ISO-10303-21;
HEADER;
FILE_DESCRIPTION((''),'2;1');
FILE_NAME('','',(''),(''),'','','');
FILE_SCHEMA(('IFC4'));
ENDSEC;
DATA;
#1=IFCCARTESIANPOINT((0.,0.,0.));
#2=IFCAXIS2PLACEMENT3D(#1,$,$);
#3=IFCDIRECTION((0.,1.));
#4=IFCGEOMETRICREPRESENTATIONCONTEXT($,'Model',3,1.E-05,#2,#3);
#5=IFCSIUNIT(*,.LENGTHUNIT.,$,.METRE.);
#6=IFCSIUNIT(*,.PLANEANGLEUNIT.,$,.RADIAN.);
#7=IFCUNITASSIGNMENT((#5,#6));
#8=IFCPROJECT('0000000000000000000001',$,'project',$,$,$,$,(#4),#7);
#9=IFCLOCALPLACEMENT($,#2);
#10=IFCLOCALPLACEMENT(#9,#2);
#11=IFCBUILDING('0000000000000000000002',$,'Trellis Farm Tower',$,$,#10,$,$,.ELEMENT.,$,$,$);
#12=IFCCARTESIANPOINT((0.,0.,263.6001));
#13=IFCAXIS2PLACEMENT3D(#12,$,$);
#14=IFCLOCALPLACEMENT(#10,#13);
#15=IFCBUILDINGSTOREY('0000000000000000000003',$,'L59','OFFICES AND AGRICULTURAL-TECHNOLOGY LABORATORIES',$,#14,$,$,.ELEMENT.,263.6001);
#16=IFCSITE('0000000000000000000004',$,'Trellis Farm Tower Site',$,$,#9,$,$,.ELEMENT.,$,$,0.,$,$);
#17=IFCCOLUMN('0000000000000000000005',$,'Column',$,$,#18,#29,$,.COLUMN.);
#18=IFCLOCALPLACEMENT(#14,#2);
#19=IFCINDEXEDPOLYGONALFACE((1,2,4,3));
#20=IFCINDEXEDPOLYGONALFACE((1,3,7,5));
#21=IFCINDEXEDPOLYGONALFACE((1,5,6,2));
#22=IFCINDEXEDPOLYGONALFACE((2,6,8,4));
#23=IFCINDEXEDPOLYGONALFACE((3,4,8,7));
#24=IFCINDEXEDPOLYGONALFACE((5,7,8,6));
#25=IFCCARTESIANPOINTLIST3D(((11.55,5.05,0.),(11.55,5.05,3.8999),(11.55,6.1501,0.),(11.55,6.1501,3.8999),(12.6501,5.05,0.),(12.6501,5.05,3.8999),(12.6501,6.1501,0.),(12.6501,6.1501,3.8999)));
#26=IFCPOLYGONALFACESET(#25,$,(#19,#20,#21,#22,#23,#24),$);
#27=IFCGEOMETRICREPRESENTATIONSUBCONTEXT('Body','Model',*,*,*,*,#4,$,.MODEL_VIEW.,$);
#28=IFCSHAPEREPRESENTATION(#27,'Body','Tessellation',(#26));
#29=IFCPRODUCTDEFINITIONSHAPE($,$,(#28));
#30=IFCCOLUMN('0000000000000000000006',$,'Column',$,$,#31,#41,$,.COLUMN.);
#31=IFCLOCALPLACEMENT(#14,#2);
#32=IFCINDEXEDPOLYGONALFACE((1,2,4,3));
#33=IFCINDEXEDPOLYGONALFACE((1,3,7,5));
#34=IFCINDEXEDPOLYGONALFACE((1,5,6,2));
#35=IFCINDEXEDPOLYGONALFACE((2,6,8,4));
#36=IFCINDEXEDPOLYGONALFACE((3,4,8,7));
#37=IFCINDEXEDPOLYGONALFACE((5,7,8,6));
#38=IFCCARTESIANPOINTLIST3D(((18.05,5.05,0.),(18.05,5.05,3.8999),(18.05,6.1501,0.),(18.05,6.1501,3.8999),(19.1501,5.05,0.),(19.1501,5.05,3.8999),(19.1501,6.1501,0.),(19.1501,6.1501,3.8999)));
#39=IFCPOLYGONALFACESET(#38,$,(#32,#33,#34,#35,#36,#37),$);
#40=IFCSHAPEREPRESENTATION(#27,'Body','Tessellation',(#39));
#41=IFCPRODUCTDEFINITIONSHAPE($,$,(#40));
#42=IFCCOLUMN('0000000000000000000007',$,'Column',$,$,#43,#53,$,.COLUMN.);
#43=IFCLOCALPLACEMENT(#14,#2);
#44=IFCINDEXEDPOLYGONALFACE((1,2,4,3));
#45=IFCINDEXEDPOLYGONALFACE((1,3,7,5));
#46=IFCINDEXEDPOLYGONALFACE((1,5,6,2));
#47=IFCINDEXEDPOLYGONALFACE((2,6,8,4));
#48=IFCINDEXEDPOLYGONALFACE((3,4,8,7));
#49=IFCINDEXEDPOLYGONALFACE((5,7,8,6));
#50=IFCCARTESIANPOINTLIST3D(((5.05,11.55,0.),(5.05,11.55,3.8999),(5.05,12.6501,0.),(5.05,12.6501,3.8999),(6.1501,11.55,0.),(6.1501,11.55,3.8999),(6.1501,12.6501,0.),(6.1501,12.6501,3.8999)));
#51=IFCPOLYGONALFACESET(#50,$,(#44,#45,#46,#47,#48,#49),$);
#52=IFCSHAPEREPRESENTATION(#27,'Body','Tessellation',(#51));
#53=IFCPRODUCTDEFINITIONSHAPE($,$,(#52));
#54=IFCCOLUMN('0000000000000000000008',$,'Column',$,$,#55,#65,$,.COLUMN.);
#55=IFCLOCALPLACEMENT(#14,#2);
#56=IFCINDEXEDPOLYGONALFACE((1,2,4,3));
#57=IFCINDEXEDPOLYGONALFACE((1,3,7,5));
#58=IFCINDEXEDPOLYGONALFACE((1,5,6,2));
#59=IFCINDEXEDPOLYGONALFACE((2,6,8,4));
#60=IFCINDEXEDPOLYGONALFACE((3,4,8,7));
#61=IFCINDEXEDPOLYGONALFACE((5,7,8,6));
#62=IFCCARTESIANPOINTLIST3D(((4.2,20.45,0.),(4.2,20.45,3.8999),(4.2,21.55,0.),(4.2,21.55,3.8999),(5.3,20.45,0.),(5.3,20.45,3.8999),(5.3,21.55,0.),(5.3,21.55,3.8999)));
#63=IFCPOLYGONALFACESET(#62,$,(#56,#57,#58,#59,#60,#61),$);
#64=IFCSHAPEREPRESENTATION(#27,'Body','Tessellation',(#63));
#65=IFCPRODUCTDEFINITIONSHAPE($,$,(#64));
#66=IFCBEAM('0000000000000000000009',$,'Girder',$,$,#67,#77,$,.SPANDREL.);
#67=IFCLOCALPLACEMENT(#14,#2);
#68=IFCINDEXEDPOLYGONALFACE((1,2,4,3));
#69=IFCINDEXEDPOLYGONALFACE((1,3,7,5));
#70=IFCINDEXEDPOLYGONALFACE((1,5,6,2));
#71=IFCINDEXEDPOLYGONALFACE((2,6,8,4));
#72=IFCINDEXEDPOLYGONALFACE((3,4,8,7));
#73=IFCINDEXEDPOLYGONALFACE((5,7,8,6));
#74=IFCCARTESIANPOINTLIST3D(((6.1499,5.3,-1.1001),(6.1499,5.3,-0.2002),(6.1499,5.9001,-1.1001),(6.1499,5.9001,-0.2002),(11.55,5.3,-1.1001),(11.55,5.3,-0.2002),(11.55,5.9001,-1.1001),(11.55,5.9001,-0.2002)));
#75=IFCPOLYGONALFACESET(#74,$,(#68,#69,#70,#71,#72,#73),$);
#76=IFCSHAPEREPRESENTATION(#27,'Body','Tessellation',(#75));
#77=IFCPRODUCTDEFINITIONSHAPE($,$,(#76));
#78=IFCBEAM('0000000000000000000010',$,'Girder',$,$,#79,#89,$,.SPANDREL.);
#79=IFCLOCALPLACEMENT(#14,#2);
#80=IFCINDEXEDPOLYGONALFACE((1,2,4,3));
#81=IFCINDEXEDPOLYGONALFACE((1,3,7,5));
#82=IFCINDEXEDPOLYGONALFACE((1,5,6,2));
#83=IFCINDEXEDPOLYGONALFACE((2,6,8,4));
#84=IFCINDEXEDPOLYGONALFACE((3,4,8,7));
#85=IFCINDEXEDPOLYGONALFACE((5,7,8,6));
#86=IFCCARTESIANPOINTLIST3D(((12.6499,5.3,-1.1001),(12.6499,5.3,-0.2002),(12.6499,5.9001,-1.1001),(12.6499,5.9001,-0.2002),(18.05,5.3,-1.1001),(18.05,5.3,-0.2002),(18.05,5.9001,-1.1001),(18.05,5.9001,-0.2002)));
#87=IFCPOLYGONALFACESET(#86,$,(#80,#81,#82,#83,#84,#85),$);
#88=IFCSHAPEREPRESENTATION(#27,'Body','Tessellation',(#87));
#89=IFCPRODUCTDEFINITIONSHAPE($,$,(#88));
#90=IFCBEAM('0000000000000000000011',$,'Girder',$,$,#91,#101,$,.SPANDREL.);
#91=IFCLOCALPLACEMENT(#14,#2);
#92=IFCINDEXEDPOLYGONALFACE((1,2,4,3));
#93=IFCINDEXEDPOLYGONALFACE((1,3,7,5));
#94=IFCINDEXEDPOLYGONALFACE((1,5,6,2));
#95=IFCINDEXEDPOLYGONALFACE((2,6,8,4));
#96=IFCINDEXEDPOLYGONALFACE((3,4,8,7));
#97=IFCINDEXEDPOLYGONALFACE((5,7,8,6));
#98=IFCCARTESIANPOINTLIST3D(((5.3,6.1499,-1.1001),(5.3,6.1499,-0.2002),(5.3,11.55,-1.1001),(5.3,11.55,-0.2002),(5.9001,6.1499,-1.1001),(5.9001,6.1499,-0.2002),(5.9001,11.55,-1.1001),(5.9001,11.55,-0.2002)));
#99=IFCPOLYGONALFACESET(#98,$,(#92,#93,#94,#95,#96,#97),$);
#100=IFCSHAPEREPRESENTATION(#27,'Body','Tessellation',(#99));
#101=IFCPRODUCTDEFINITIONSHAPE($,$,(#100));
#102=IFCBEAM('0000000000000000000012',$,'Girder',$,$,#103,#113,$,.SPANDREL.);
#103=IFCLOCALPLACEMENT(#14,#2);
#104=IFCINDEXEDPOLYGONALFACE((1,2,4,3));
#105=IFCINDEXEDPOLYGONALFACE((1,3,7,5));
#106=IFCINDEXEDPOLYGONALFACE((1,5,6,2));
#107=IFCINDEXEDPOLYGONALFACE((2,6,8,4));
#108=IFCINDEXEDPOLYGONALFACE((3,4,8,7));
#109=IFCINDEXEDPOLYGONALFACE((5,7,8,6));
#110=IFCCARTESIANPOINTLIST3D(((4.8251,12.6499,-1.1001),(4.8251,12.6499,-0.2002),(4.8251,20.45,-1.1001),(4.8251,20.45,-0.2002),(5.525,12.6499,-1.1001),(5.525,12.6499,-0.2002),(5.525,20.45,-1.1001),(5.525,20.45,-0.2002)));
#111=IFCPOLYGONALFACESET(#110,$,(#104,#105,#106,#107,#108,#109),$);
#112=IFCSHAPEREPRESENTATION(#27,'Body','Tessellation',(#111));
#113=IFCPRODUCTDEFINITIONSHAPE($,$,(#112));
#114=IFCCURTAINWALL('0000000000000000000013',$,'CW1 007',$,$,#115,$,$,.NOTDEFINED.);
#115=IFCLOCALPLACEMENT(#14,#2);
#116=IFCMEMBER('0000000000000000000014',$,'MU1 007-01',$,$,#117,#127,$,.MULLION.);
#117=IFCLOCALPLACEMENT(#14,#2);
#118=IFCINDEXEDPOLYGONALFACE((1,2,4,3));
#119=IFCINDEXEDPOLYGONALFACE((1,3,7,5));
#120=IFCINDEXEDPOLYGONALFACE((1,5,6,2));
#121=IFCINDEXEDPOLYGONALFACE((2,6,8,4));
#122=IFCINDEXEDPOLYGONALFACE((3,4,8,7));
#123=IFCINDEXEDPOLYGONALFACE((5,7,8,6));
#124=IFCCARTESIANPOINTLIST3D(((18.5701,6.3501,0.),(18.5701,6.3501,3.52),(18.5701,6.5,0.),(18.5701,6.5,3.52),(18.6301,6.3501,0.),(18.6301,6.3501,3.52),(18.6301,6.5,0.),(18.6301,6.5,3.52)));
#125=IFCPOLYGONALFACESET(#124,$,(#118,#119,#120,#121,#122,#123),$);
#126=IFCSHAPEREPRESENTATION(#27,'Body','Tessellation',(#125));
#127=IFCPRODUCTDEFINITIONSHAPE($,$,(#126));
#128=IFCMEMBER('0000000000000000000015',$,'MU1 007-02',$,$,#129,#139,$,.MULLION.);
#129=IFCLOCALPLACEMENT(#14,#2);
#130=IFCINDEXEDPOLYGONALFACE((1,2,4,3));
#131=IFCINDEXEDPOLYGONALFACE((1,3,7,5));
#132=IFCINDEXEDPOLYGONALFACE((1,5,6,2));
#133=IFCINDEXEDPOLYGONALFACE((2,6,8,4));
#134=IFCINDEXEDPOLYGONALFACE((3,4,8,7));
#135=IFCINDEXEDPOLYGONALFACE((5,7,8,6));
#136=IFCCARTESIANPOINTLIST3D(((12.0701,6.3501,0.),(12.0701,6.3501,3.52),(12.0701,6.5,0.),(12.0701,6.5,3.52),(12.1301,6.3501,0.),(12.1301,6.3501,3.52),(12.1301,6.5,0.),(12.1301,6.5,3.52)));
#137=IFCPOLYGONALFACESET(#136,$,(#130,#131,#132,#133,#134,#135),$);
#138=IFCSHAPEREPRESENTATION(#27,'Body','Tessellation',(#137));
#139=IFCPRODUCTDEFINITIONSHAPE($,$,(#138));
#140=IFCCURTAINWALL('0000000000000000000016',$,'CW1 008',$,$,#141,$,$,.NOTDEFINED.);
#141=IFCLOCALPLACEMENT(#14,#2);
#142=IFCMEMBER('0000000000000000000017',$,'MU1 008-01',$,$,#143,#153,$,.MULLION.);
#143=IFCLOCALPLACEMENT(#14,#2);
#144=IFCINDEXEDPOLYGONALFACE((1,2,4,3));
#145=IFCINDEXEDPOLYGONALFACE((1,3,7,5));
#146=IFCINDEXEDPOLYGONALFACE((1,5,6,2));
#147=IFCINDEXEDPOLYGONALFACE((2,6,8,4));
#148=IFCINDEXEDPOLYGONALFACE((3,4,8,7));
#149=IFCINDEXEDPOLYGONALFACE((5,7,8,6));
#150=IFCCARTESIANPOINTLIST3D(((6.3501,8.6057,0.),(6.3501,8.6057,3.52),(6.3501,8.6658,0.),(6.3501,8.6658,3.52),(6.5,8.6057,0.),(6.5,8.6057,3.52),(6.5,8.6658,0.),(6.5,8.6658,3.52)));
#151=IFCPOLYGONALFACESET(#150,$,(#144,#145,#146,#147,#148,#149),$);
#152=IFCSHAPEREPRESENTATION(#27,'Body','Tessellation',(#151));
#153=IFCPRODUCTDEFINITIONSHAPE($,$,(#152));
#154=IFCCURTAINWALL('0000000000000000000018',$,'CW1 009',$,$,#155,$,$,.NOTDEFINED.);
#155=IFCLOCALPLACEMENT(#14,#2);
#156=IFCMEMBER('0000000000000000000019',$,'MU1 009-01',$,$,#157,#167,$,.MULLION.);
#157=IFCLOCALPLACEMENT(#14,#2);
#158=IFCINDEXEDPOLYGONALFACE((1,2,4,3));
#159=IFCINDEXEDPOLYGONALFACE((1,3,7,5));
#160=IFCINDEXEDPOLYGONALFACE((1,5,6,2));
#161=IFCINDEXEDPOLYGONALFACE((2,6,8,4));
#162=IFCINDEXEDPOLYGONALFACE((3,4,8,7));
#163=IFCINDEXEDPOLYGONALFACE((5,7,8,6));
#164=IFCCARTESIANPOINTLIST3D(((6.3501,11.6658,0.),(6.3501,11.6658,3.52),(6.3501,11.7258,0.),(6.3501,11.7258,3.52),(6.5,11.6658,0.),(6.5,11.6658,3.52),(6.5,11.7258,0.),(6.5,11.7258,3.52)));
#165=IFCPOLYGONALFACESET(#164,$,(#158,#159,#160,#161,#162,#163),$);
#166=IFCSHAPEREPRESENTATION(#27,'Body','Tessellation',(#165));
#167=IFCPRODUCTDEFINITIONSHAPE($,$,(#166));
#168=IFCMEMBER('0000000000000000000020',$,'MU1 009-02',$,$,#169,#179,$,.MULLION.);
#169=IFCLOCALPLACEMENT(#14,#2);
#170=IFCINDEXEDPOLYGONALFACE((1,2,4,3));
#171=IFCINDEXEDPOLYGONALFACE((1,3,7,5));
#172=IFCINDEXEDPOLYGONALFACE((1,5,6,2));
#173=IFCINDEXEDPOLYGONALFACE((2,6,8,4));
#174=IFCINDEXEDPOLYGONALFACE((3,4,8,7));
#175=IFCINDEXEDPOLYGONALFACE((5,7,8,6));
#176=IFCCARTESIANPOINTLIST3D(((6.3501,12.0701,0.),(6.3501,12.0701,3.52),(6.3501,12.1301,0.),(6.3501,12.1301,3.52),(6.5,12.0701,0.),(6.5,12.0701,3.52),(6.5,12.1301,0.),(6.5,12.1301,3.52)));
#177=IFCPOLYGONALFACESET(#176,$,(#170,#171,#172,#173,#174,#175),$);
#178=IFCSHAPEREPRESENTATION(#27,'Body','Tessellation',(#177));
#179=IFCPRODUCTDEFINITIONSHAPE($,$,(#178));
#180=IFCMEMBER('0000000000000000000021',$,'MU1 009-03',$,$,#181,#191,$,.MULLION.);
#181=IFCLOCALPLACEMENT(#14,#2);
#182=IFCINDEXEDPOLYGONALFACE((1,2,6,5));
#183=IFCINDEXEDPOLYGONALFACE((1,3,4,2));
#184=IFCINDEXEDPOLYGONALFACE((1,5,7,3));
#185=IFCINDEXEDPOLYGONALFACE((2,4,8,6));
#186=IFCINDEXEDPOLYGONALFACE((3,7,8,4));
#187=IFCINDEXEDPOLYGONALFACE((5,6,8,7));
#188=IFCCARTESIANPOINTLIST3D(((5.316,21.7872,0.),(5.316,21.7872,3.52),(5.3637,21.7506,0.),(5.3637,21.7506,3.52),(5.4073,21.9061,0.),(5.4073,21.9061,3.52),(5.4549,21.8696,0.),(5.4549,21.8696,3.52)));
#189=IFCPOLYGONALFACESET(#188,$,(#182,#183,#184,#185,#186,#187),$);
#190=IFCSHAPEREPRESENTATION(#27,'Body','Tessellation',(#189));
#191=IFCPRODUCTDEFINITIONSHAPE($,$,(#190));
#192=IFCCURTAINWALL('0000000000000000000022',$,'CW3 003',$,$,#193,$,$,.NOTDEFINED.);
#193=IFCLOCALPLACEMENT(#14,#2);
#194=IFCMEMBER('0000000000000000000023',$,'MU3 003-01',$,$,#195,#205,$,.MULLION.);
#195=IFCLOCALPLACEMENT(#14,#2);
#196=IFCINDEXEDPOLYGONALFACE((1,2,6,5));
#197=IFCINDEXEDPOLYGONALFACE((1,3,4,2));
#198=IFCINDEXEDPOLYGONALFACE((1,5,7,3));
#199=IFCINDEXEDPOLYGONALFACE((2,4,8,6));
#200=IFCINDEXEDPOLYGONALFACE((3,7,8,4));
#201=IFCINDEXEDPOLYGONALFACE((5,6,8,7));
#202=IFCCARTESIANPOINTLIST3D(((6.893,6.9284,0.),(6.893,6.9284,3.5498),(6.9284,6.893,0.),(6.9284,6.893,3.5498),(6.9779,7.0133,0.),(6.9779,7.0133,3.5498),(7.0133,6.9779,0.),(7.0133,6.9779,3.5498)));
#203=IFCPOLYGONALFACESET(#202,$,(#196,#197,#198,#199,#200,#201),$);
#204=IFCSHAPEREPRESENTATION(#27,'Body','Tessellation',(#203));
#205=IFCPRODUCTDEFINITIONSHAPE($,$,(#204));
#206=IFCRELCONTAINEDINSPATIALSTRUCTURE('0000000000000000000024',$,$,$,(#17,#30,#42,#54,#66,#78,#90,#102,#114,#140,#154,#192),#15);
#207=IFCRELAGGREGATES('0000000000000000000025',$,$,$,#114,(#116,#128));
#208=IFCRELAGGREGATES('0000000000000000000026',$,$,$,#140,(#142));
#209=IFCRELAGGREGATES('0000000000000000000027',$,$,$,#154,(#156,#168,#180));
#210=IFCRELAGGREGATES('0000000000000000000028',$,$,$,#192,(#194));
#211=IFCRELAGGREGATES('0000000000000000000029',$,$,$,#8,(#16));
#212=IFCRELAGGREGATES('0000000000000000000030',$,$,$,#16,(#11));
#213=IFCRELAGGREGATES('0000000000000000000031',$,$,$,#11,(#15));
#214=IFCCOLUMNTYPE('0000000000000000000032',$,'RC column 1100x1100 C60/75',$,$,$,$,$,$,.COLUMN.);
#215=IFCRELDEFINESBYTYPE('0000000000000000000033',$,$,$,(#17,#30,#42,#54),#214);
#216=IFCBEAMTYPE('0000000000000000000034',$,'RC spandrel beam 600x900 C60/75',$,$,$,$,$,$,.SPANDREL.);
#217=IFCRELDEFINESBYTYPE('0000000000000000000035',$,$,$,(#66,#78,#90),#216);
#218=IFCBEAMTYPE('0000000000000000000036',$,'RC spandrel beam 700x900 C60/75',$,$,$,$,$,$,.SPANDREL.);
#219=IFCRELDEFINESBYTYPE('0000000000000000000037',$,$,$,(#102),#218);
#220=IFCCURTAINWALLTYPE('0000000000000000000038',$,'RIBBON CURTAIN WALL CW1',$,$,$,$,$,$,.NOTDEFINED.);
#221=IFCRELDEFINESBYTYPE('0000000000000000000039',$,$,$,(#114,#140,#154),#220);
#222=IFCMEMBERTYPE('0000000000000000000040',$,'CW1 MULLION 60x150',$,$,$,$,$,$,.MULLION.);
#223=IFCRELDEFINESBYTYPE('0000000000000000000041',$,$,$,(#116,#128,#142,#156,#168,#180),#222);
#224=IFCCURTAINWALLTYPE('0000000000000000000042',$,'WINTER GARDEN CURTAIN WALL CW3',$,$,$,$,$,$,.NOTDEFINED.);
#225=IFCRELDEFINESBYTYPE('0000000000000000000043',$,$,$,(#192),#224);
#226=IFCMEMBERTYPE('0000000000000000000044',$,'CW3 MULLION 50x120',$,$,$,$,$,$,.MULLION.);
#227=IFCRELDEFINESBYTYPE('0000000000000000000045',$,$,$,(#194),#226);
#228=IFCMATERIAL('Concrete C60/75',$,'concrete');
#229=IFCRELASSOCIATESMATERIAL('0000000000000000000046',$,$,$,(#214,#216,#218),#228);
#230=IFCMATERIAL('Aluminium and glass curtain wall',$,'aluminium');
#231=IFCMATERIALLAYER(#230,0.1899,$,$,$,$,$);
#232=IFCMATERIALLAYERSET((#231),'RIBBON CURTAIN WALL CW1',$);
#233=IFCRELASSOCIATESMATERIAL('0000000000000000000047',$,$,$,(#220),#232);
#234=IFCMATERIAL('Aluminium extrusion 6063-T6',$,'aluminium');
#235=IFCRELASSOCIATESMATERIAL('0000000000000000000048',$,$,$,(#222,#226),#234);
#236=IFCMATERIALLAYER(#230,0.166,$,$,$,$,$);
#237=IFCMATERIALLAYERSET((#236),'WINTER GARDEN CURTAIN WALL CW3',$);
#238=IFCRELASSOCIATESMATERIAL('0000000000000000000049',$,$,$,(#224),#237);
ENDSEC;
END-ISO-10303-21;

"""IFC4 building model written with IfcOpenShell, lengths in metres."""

from ifc_helpers import new_model, si_unit, direction, frame, origin, origin_2d, place, context, subcontext, project, spatial, rectangle, extrude, source, transform, mapped, material, layer, layer_set, material_profile, profile_set, type_object, element, aggregate, save


model = new_model("IFC4")

# Units and contexts
model_context = context("Model", 3, precision=1e-05, world=origin(), true_north=direction((0.0, 1.0)))
body_context = subcontext(model_context, "Body", "Model", "MODEL_VIEW")
ifc_project = project(units=[si_unit("LENGTHUNIT", "METRE"), si_unit("PLANEANGLEUNIT", "RADIAN")], contexts=[model_context])

# Site, building, storey
site_placement = place(None, origin())
site = spatial("IfcSite", under=ifc_project, at=site_placement, Name="Trellis Farm Tower Site", CompositionType="ELEMENT", RefElevation=0.0)
building_placement = place(site_placement, origin())
building = spatial("IfcBuilding", under=site, at=building_placement, Name="Trellis Farm Tower", CompositionType="ELEMENT")
storey_placement = place(building_placement, frame((0.0, 0.0, 263.6001)))
storey = spatial("IfcBuildingStorey", under=building, at=storey_placement, Name="L59", Description="OFFICES AND AGRICULTURAL-TECHNOLOGY LABORATORIES", CompositionType="ELEMENT", Elevation=263.6001)

# Columns
ifc_material_1 = material(Name="Concrete C60/75", Category="concrete")
ifc_material_profile_1 = material_profile(ifc_material_1, rectangle(XDim=1.1001, YDim=1.1001, at=origin_2d()), Name="RC column 1100x1100 C60/75")
ifc_profile_set_1 = profile_set([ifc_material_profile_1], Name="Concrete C60/75")
column_type = type_object("IfcColumnType", Name="RC column 1100x1100 C60/75", PredefinedType="COLUMN", material=ifc_profile_set_1)
shared_shape_1 = source(origin(), body_context, "Body", "SweptSolid", [
    extrude(rectangle(XDim=1.1001, YDim=1.1001, at=origin_2d()), origin(), (0.0, 0.0, 1.0), 3.8999),
])
for number, where, z_axis, x_axis, name in (
    (1, (12.1001, 5.6001, 0.0), (0.0, 0.0, 1.0), (1.0, 0.0, 0.0), "Column"),
    (2, (18.6001, 5.6001, 0.0), (0.0, 0.0, 1.0), (1.0, 0.0, 0.0), "Column"),
    (3, (5.6001, 12.1001, 0.0), (0.0, 0.0, 1.0), (1.0, 0.0, 0.0), "Column"),
    (4, (4.75, 21.0, 0.0), (0.0, 0.0, 1.0), (1.0, 0.0, 0.0), "Column"),
):
    element("IfcColumn", number, at=place(storey_placement, frame(where, z_axis=z_axis, x_axis=x_axis)), inside=storey, type_object=column_type, Name=name, PredefinedType="COLUMN", context=body_context, shape_type="MappedRepresentation", body=[
        mapped(shared_shape_1, transform((0.0, 0.0, 0.0))),
    ])

# Beams
ifc_material_profile_2 = material_profile(ifc_material_1, rectangle(XDim=0.6001, YDim=0.8999, at=origin_2d()), Name="RC spandrel beam 600x900 C60/75")
ifc_profile_set_2 = profile_set([ifc_material_profile_2], Name="Concrete C60/75")
beam_type_1 = type_object("IfcBeamType", Name="RC spandrel beam 600x900 C60/75", PredefinedType="SPANDREL", material=ifc_profile_set_2)
shared_shape_2 = source(origin(), body_context, "Body", "SweptSolid", [
    extrude(rectangle(XDim=0.6001, YDim=0.8999, at=origin_2d()), origin(), (0.0, 0.0, 1.0), 5.4001),
])
for number, where, z_axis, x_axis, name in (
    (5, (6.1499, 5.6001, -0.6501), (1.0, 0.0, 0.0), (0.0, 1.0, 0.0), "Girder"),
    (6, (12.6499, 5.6001, -0.6501), (1.0, 0.0, 0.0), (0.0, 1.0, 0.0), "Girder"),
    (7, (5.6001, 6.1499, -0.6501), (0.0, 1.0, 0.0), (-1.0, 0.0, 0.0), "Girder"),
):
    element("IfcBeam", number, at=place(storey_placement, frame(where, z_axis=z_axis, x_axis=x_axis)), inside=storey, type_object=beam_type_1, Name=name, PredefinedType="SPANDREL", context=body_context, shape_type="MappedRepresentation", body=[
        mapped(shared_shape_2, transform((0.0, 0.0, 0.0))),
    ])
ifc_material_profile_3 = material_profile(ifc_material_1, rectangle(XDim=0.7, YDim=0.8999, at=origin_2d()), Name="RC spandrel beam 700x900 C60/75")
ifc_profile_set_3 = profile_set([ifc_material_profile_3], Name="Concrete C60/75")
beam_type_2 = type_object("IfcBeamType", Name="RC spandrel beam 700x900 C60/75", PredefinedType="SPANDREL", material=ifc_profile_set_3)
shared_shape_3 = source(origin(), body_context, "Body", "SweptSolid", [
    extrude(rectangle(XDim=0.7, YDim=0.8999, at=origin_2d()), origin(), (0.0, 0.0, 1.0), 7.8),
])
beam_placement = place(storey_placement, frame((5.175, 12.6499, -0.6501), z_axis=(0.0, 1.0, 0.0), x_axis=(-1.0, 0.0, 0.0)))
element("IfcBeam", 8, at=beam_placement, inside=storey, type_object=beam_type_2, Name="Girder", PredefinedType="SPANDREL", context=body_context, shape_type="MappedRepresentation", body=[
    mapped(shared_shape_3, transform((0.0, 0.0, 0.0))),
])

# Curtain wall, members
ifc_material_2 = material(Name="Aluminium and glass curtain wall", Category="aluminium")
ifc_layer_1 = layer(ifc_material_2, 0.1899)
ifc_layer_set_1 = layer_set([ifc_layer_1], Name="RIBBON CURTAIN WALL CW1")
curtain_wall_type_1 = type_object("IfcCurtainWallType", Name="RIBBON CURTAIN WALL CW1", PredefinedType="NOTDEFINED", material=ifc_layer_set_1)
placement = place(storey_placement, origin())
curtain_wall_1 = element("IfcCurtainWall", 9, at=placement, inside=storey, type_object=curtain_wall_type_1, Name="CW1 007", PredefinedType="NOTDEFINED")
ifc_material_3 = material(Name="Aluminium extrusion 6063-T6", Category="aluminium")
ifc_material_profile_4 = material_profile(ifc_material_3, rectangle(XDim=0.0601, YDim=0.1499, at=origin_2d()), Name="MULLION 60x150")
ifc_profile_set_4 = profile_set([ifc_material_profile_4], Name="Aluminium extrusion 6063-T6")
member_type_1 = type_object("IfcMemberType", Name="CW1 MULLION 60x150", PredefinedType="MULLION", material=ifc_profile_set_4)
shared_shape_4 = source(origin(), body_context, "Body", "SweptSolid", [
    extrude(rectangle(XDim=0.0601, YDim=0.1499, at=origin_2d()), origin(), (0.0, 0.0, 1.0), 3.52),
])
member_1_placement = place(storey_placement, frame((18.6001, 6.425, 0.0), z_axis=(0.0, 0.0, 1.0), x_axis=(-1.0, 0.0, 0.0)))
member_1 = element("IfcMember", 10, at=member_1_placement, type_object=member_type_1, Name="MU1 007-01", PredefinedType="MULLION", context=body_context, shape_type="MappedRepresentation", body=[
    mapped(shared_shape_4, transform((0.0, 0.0, 0.0))),
])
member_2_placement = place(storey_placement, frame((12.1001, 6.425, 0.0), z_axis=(0.0, 0.0, 1.0), x_axis=(-1.0, 0.0, 0.0)))
member_2 = element("IfcMember", 11, at=member_2_placement, type_object=member_type_1, Name="MU1 007-02", PredefinedType="MULLION", context=body_context, shape_type="MappedRepresentation", body=[
    mapped(shared_shape_4, transform((0.0, 0.0, 0.0))),
])
aggregate(curtain_wall_1, [member_1, member_2])

# Curtain wall, member
curtain_wall_2 = element("IfcCurtainWall", 12, at=placement, inside=storey, type_object=curtain_wall_type_1, Name="CW1 008", PredefinedType="NOTDEFINED")
member_3_placement = place(storey_placement, frame((6.425, 8.6357, 0.0), z_axis=(0.0, 0.0, 1.0), x_axis=(0.0, 1.0, 0.0)))
member_3 = element("IfcMember", 13, at=member_3_placement, type_object=member_type_1, Name="MU1 008-01", PredefinedType="MULLION", context=body_context, shape_type="MappedRepresentation", body=[
    mapped(shared_shape_4, transform((0.0, 0.0, 0.0))),
])
aggregate(curtain_wall_2, [member_3])

# Curtain wall, members
curtain_wall_3 = element("IfcCurtainWall", 14, at=placement, inside=storey, type_object=curtain_wall_type_1, Name="CW1 009", PredefinedType="NOTDEFINED")
member_4_placement = place(storey_placement, frame((6.425, 11.6958, 0.0), z_axis=(0.0, 0.0, 1.0), x_axis=(0.0, 1.0, 0.0)))
member_4 = element("IfcMember", 15, at=member_4_placement, type_object=member_type_1, Name="MU1 009-01", PredefinedType="MULLION", context=body_context, shape_type="MappedRepresentation", body=[
    mapped(shared_shape_4, transform((0.0, 0.0, 0.0))),
])
member_5_placement = place(storey_placement, frame((6.425, 12.1001, 0.0), z_axis=(0.0, 0.0, 1.0), x_axis=(0.0, 1.0, 0.0)))
member_5 = element("IfcMember", 16, at=member_5_placement, type_object=member_type_1, Name="MU1 009-02", PredefinedType="MULLION", context=body_context, shape_type="MappedRepresentation", body=[
    mapped(shared_shape_4, transform((0.0, 0.0, 0.0))),
])
member_6_placement = place(storey_placement, frame((5.3855, 21.8284, 0.0), z_axis=(0.0, 0.0, 1.0), x_axis=(-0.793353, 0.608761, 0.0)))
member_6 = element("IfcMember", 17, at=member_6_placement, type_object=member_type_1, Name="MU1 009-03", PredefinedType="MULLION", context=body_context, shape_type="MappedRepresentation", body=[
    mapped(shared_shape_4, transform((0.0, 0.0, 0.0))),
])
aggregate(curtain_wall_3, [member_4, member_5, member_6])

# Curtain wall, member
ifc_layer_2 = layer(ifc_material_2, 0.166)
ifc_layer_set_2 = layer_set([ifc_layer_2], Name="WINTER GARDEN CURTAIN WALL CW3")
curtain_wall_type_2 = type_object("IfcCurtainWallType", Name="WINTER GARDEN CURTAIN WALL CW3", PredefinedType="NOTDEFINED", material=ifc_layer_set_2)
curtain_wall_4 = element("IfcCurtainWall", 18, at=placement, inside=storey, type_object=curtain_wall_type_2, Name="CW3 003", PredefinedType="NOTDEFINED")
ifc_material_profile_5 = material_profile(ifc_material_3, rectangle(XDim=0.05, YDim=0.1201, at=origin_2d()), Name="MULLION 50x120")
ifc_profile_set_5 = profile_set([ifc_material_profile_5], Name="Aluminium extrusion 6063-T6")
member_type_2 = type_object("IfcMemberType", Name="CW3 MULLION 50x120", PredefinedType="MULLION", material=ifc_profile_set_5)
shared_shape_5 = source(origin(), body_context, "Body", "SweptSolid", [
    extrude(rectangle(XDim=0.05, YDim=0.1201, at=origin_2d()), origin(), (0.0, 0.0, 1.0), 3.5498),
])
member_7_placement = place(storey_placement, frame((6.9531, 6.9531, 0.0), z_axis=(0.0, 0.0, 1.0), x_axis=(-0.707107, 0.707107, 0.0)))
member_7 = element("IfcMember", 19, at=member_7_placement, type_object=member_type_2, Name="MU3 003-01", PredefinedType="MULLION", context=body_context, shape_type="MappedRepresentation", body=[
    mapped(shared_shape_5, transform((0.0, 0.0, 0.0))),
])
aggregate(curtain_wall_4, [member_7])

save(model, "model.ifc")
